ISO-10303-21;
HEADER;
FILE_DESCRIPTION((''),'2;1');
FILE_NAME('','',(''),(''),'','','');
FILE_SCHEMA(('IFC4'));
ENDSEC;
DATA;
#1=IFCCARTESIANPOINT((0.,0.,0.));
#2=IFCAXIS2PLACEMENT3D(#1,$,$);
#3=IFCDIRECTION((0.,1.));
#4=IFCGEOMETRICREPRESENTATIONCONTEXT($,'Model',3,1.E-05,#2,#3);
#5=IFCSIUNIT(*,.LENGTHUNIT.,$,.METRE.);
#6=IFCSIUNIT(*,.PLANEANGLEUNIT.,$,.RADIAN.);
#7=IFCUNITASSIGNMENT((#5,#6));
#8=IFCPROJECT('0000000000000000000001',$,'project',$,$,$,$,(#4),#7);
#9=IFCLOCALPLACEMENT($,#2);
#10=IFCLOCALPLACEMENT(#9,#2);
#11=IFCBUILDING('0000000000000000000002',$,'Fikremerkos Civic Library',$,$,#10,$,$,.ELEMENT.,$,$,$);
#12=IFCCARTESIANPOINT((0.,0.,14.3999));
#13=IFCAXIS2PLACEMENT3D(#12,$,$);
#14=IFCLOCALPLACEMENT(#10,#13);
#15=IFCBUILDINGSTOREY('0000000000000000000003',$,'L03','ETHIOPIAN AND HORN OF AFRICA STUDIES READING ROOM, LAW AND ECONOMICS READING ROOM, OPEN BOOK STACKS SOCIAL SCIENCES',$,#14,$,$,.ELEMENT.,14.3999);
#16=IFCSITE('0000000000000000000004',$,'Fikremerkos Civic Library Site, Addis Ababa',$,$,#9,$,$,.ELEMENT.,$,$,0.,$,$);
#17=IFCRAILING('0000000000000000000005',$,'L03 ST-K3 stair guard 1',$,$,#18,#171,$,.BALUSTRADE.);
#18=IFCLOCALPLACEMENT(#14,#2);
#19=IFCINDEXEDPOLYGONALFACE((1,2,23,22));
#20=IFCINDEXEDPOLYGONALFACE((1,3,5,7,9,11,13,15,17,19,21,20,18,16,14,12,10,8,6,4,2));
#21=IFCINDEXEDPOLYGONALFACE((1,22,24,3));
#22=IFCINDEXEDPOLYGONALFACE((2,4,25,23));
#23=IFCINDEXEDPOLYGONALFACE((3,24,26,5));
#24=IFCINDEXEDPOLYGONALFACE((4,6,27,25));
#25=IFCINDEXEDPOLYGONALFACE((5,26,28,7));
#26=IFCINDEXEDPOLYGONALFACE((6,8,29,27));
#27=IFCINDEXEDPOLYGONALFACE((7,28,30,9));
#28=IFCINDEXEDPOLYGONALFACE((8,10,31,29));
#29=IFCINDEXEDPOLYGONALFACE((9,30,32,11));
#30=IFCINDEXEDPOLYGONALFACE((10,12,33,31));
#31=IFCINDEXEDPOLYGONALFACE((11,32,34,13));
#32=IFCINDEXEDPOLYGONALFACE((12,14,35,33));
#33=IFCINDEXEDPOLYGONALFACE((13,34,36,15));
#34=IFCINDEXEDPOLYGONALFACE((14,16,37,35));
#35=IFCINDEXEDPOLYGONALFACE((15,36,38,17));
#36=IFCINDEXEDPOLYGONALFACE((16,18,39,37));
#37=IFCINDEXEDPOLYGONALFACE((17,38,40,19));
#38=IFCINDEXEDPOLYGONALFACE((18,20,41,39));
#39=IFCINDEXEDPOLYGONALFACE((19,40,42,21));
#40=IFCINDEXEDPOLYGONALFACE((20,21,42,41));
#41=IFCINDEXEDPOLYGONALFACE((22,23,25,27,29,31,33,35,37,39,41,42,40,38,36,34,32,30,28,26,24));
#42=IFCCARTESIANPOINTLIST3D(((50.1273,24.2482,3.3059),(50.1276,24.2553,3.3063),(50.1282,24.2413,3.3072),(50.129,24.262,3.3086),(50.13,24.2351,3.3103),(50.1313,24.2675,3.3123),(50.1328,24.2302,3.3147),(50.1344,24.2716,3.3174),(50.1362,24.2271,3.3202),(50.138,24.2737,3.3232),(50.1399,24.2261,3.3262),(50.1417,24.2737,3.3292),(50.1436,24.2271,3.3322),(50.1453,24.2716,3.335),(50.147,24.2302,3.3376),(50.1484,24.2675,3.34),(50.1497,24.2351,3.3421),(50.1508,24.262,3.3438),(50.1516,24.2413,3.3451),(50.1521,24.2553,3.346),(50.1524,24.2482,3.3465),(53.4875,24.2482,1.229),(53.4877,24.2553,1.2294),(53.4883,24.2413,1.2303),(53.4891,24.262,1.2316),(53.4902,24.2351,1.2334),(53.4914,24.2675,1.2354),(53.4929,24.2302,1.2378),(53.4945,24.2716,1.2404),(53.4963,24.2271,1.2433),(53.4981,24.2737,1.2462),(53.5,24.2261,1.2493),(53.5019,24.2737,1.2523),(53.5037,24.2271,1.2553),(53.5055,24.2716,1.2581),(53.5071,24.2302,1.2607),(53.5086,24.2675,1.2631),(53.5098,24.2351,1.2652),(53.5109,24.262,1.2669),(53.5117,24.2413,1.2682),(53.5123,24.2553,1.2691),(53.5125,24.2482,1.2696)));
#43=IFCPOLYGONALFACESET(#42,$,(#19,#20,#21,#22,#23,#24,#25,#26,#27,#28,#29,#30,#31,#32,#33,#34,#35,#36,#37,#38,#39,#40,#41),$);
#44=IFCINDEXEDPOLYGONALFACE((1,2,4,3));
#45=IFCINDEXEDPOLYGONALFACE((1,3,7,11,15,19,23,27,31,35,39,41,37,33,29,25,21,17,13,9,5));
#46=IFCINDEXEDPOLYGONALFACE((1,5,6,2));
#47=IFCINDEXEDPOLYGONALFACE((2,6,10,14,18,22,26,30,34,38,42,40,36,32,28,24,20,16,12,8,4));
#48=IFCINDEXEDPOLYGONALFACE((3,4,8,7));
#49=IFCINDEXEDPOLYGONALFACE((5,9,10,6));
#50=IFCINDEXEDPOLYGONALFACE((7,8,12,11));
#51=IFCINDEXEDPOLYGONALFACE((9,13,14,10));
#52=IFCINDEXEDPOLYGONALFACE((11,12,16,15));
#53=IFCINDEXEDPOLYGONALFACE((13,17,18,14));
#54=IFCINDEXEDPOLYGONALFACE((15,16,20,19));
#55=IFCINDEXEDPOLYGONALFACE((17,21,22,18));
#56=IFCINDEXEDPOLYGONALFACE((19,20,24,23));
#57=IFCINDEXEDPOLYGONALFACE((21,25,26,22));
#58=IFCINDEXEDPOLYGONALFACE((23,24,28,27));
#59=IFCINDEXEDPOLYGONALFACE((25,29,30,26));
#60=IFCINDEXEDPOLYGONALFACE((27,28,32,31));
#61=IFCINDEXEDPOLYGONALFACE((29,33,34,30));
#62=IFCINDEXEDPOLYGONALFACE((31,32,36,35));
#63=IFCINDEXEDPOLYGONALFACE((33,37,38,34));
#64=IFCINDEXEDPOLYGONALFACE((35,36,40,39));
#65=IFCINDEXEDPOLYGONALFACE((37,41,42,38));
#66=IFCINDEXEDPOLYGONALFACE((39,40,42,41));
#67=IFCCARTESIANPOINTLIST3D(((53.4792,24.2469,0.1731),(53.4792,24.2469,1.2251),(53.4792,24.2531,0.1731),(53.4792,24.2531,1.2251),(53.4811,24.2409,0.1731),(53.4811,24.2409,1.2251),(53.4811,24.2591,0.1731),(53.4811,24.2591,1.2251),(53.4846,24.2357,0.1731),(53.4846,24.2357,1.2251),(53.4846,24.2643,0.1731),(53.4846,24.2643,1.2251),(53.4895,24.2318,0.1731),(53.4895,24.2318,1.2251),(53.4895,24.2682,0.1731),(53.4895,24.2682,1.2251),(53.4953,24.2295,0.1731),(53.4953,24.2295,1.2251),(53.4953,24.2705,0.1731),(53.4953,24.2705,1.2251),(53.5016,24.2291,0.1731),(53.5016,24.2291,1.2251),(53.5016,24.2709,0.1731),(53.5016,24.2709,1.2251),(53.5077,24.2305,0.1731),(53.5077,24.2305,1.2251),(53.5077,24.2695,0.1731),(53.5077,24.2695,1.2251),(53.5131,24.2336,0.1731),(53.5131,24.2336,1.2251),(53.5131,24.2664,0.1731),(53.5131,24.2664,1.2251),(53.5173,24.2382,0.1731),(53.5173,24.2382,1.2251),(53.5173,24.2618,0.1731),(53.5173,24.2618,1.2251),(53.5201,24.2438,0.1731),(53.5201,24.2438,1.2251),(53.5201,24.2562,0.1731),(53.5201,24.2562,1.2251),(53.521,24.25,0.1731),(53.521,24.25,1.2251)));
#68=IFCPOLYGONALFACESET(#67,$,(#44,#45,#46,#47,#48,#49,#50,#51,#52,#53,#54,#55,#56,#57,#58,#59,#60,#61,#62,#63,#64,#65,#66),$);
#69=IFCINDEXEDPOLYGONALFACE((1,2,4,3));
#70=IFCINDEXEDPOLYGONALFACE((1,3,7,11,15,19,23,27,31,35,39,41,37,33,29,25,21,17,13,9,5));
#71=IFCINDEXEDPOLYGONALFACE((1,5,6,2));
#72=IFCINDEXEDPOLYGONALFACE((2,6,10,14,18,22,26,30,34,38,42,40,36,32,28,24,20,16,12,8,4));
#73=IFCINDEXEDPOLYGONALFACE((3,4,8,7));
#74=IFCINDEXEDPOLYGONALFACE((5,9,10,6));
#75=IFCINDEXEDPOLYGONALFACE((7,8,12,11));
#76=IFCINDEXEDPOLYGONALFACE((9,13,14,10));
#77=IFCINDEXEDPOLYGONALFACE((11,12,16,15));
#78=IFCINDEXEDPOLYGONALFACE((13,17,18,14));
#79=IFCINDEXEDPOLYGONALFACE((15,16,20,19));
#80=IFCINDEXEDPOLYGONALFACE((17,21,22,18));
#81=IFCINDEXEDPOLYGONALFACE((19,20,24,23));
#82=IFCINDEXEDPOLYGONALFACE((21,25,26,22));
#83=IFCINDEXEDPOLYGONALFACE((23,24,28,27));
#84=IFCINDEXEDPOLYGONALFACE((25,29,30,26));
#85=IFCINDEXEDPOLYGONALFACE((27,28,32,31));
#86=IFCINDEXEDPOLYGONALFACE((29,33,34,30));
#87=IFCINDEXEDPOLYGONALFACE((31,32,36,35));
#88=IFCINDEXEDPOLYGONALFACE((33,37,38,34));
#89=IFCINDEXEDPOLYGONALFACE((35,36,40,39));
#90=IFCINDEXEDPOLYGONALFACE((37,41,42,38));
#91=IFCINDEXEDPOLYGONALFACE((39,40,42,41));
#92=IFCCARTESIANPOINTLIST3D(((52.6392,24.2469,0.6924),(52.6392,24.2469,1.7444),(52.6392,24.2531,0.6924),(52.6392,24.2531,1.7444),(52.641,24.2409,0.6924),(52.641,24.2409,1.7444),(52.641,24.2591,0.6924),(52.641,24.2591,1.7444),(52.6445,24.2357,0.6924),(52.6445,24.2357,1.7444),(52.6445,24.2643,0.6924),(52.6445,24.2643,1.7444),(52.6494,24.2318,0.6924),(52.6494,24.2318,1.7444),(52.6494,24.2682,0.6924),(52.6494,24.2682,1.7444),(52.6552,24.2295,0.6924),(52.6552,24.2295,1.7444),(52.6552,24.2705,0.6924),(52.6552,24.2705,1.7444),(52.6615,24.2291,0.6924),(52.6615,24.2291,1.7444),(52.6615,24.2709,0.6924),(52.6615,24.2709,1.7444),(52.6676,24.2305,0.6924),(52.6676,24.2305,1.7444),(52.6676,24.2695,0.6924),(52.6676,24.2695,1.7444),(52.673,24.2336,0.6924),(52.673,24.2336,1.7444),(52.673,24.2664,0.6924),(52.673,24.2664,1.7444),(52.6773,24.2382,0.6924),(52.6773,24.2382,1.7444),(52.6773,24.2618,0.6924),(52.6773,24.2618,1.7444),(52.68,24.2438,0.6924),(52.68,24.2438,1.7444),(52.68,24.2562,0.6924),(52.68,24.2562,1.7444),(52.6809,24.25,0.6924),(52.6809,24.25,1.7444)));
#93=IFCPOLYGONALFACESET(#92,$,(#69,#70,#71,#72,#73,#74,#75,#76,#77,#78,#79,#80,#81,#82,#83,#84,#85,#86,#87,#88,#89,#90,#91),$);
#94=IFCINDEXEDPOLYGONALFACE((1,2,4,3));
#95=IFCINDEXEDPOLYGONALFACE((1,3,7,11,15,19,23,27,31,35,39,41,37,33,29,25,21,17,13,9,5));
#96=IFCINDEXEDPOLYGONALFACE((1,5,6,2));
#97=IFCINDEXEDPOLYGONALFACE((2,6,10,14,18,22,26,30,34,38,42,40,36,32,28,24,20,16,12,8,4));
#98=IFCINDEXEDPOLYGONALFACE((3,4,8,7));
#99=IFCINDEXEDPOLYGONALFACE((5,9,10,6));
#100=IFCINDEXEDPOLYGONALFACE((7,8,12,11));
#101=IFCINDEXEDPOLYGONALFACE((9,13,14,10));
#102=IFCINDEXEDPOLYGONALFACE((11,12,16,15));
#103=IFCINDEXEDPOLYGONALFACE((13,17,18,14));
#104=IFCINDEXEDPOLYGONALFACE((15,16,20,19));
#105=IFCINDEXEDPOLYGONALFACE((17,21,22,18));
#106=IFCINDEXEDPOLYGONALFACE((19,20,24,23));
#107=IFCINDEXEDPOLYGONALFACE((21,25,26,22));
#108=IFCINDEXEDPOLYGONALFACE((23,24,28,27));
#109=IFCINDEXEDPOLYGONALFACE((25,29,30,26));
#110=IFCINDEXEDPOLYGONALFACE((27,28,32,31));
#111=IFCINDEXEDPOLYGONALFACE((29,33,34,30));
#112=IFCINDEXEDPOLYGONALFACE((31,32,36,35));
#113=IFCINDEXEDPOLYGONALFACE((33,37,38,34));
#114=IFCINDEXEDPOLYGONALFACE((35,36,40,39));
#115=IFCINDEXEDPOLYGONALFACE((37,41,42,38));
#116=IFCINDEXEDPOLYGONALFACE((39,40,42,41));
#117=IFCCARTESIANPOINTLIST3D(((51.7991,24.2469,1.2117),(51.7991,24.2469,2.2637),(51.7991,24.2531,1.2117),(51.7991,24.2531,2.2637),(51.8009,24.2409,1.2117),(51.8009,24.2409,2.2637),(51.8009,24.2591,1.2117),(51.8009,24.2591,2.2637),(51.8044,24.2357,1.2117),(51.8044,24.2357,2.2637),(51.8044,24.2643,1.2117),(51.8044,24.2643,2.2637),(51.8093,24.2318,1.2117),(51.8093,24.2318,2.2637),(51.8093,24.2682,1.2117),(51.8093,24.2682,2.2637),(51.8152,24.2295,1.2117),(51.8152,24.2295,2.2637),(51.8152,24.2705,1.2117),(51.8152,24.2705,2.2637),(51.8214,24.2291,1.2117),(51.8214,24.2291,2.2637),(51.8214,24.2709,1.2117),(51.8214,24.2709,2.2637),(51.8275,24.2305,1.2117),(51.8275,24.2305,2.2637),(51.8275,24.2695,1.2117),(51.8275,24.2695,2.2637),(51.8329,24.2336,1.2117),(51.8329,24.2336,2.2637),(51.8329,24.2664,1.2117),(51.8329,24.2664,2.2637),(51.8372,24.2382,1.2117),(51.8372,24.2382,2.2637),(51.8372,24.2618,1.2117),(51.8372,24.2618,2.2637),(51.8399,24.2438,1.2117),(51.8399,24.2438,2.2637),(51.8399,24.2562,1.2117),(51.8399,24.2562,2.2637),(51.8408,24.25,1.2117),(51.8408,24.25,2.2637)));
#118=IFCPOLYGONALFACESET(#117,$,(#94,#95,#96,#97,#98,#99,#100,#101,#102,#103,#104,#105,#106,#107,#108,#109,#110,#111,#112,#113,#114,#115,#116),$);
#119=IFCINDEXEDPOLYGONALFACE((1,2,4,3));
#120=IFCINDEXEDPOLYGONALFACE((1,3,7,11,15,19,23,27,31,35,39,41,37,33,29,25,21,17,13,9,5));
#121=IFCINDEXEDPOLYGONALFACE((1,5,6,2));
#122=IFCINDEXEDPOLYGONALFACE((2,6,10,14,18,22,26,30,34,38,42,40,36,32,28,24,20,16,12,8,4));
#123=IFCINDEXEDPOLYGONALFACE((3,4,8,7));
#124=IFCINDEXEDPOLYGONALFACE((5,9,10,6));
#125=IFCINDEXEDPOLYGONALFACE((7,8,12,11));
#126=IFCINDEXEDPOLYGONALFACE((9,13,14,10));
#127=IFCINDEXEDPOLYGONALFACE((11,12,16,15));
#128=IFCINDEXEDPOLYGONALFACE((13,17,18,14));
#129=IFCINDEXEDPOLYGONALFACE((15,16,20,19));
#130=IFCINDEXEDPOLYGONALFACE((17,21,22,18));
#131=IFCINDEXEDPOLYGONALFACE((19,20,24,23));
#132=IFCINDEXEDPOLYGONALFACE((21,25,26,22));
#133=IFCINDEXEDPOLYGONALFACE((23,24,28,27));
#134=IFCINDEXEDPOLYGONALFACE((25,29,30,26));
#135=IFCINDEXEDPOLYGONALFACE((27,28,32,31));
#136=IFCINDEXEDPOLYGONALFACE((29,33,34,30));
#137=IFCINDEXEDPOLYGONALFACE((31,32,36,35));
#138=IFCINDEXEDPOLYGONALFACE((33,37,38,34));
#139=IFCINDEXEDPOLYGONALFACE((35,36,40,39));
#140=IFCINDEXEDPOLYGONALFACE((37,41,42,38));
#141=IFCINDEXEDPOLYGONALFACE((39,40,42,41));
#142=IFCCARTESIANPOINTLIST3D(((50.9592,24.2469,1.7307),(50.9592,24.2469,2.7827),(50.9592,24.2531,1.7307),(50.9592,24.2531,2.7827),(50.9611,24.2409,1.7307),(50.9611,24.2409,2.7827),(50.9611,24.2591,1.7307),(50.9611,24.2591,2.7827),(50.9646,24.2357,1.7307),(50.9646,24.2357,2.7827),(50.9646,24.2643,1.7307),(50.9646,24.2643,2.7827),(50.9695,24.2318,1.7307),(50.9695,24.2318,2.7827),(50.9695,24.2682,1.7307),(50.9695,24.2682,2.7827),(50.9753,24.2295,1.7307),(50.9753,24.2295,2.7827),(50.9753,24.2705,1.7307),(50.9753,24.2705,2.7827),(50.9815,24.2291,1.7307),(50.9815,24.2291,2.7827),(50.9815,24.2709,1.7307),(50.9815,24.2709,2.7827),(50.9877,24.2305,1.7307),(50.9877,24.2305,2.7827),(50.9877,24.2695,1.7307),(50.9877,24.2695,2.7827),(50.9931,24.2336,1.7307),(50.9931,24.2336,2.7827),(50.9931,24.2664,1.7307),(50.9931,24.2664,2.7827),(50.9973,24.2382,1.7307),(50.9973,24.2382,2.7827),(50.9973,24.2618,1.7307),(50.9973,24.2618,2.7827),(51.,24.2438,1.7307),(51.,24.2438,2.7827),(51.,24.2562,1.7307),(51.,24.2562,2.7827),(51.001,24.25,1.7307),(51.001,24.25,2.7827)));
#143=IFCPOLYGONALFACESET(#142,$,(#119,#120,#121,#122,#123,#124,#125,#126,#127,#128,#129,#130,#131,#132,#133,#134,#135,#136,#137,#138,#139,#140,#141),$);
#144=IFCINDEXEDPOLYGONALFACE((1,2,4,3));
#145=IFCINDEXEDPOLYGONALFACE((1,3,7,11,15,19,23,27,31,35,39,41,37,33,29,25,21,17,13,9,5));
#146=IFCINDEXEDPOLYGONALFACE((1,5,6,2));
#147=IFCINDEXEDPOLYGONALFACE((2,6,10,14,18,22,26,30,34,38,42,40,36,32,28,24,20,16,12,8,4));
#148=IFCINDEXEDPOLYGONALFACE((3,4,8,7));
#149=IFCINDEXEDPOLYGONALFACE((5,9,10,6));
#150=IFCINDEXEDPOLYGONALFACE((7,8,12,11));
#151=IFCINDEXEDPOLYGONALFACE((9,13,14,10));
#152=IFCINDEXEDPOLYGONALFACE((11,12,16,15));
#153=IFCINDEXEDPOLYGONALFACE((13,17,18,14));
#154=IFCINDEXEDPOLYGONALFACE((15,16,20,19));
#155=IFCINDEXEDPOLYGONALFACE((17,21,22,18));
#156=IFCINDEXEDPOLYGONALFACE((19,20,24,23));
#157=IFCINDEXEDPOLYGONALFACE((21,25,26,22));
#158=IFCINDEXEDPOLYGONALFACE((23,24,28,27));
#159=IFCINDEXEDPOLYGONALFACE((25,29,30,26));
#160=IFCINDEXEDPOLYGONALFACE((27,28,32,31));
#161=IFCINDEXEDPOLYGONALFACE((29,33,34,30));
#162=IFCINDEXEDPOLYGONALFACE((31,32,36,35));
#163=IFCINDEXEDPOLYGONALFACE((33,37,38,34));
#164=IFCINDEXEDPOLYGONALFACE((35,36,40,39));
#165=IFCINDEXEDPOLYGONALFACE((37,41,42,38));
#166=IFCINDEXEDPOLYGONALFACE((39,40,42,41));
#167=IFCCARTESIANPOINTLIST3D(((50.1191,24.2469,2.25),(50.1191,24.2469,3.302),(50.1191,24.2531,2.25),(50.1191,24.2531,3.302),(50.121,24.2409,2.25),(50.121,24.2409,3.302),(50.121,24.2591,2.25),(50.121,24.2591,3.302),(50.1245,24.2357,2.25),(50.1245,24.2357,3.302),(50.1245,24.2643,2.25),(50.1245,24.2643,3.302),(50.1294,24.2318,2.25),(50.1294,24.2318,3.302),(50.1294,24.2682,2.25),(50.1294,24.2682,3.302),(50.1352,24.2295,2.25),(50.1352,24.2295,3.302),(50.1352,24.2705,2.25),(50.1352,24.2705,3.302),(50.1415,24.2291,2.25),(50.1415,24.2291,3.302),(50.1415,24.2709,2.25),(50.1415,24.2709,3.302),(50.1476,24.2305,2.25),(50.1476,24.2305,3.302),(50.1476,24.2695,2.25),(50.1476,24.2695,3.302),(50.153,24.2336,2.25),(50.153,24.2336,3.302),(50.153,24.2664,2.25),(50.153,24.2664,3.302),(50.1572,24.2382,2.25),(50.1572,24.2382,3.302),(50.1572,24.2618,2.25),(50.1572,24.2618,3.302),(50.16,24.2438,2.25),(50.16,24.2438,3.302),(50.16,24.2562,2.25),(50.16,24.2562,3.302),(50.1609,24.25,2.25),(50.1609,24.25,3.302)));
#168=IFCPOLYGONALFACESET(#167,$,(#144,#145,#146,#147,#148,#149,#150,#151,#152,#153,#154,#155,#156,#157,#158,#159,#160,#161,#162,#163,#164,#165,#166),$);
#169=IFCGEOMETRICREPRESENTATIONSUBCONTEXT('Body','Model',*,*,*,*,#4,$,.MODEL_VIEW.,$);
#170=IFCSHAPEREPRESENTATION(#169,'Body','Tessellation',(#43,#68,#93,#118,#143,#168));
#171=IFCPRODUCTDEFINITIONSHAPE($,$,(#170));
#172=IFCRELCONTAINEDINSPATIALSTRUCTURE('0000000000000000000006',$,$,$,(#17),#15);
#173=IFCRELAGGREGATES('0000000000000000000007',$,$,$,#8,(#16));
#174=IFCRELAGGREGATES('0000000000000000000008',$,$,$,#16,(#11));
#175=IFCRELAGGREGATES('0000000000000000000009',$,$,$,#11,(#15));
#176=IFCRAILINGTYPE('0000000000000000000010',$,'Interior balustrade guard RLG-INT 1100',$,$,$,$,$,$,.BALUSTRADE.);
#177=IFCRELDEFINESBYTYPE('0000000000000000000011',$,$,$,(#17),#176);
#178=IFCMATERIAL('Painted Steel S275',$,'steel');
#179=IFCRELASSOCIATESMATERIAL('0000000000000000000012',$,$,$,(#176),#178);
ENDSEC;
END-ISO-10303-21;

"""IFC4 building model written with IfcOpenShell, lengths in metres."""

from ifc_helpers import new_model, si_unit, direction, frame, origin, origin_2d, place, context, subcontext, project, spatial, circle, extrude, material, type_object, element, save


model = new_model("IFC4")

# Units and contexts
model_context = context("Model", 3, precision=1e-05, world=origin(), true_north=direction((0.0, 1.0)))
body_context = subcontext(model_context, "Body", "Model", "MODEL_VIEW")
ifc_project = project(units=[si_unit("LENGTHUNIT", "METRE"), si_unit("PLANEANGLEUNIT", "RADIAN")], contexts=[model_context])

# Site, building, storey
site_placement = place(None, origin())
site = spatial("IfcSite", under=ifc_project, at=site_placement, Name="Fikremerkos Civic Library Site, Addis Ababa", CompositionType="ELEMENT", RefElevation=0.0)
building_placement = place(site_placement, origin())
building = spatial("IfcBuilding", under=site, at=building_placement, Name="Fikremerkos Civic Library", CompositionType="ELEMENT")
storey_placement = place(building_placement, frame((0.0, 0.0, 14.3999)))
storey = spatial("IfcBuildingStorey", under=building, at=storey_placement, Name="L03", Description="ETHIOPIAN AND HORN OF AFRICA STUDIES READING ROOM, LAW AND ECONOMICS READING ROOM, OPEN BOOK STACKS SOCIAL SCIENCES", CompositionType="ELEMENT", Elevation=14.3999)

# Railing
ifc_material_1 = material(Name="Painted Steel S275", Category="steel")
railing_type_1 = type_object("IfcRailingType", Name="Interior balustrade guard RLG-INT 1100", PredefinedType="BALUSTRADE", material=ifc_material_1)
railing_1_placement = place(storey_placement, frame((53.5, 24.25, 0.1731)))
element("IfcRailing", 1, at=railing_1_placement, inside=storey, type_object=railing_type_1, Name="L03 ST-K3 stair guard 1", PredefinedType="BALUSTRADE", context=body_context, shape_type="SweptSolid", body=[
    extrude(circle(Radius=0.0239, at=origin_2d()), frame((0.0, 0.0, 1.0762), z_axis=(-0.850623, 0.0, 0.525776), x_axis=(0.0, -1.0, 0.0)), (0.0, 0.0, 1.0), 3.9502),
    extrude(circle(Radius=0.021, at=origin_2d()), origin(), (0.0, 0.0, 1.0), 1.052),
    extrude(circle(Radius=0.021, at=origin_2d()), frame((-0.8401, 0.0, 0.5193)), (0.0, 0.0, 1.0), 1.052),
    extrude(circle(Radius=0.021, at=origin_2d()), frame((-1.6802, 0.0, 1.0386)), (0.0, 0.0, 1.0), 1.052),
    extrude(circle(Radius=0.021, at=origin_2d()), frame((-2.52, 0.0, 1.5576)), (0.0, 0.0, 1.0), 1.052),
    extrude(circle(Radius=0.021, at=origin_2d()), frame((-3.3601, 0.0, 2.0769)), (0.0, 0.0, 1.0), 1.052),
])

save(model, "model.ifc")
